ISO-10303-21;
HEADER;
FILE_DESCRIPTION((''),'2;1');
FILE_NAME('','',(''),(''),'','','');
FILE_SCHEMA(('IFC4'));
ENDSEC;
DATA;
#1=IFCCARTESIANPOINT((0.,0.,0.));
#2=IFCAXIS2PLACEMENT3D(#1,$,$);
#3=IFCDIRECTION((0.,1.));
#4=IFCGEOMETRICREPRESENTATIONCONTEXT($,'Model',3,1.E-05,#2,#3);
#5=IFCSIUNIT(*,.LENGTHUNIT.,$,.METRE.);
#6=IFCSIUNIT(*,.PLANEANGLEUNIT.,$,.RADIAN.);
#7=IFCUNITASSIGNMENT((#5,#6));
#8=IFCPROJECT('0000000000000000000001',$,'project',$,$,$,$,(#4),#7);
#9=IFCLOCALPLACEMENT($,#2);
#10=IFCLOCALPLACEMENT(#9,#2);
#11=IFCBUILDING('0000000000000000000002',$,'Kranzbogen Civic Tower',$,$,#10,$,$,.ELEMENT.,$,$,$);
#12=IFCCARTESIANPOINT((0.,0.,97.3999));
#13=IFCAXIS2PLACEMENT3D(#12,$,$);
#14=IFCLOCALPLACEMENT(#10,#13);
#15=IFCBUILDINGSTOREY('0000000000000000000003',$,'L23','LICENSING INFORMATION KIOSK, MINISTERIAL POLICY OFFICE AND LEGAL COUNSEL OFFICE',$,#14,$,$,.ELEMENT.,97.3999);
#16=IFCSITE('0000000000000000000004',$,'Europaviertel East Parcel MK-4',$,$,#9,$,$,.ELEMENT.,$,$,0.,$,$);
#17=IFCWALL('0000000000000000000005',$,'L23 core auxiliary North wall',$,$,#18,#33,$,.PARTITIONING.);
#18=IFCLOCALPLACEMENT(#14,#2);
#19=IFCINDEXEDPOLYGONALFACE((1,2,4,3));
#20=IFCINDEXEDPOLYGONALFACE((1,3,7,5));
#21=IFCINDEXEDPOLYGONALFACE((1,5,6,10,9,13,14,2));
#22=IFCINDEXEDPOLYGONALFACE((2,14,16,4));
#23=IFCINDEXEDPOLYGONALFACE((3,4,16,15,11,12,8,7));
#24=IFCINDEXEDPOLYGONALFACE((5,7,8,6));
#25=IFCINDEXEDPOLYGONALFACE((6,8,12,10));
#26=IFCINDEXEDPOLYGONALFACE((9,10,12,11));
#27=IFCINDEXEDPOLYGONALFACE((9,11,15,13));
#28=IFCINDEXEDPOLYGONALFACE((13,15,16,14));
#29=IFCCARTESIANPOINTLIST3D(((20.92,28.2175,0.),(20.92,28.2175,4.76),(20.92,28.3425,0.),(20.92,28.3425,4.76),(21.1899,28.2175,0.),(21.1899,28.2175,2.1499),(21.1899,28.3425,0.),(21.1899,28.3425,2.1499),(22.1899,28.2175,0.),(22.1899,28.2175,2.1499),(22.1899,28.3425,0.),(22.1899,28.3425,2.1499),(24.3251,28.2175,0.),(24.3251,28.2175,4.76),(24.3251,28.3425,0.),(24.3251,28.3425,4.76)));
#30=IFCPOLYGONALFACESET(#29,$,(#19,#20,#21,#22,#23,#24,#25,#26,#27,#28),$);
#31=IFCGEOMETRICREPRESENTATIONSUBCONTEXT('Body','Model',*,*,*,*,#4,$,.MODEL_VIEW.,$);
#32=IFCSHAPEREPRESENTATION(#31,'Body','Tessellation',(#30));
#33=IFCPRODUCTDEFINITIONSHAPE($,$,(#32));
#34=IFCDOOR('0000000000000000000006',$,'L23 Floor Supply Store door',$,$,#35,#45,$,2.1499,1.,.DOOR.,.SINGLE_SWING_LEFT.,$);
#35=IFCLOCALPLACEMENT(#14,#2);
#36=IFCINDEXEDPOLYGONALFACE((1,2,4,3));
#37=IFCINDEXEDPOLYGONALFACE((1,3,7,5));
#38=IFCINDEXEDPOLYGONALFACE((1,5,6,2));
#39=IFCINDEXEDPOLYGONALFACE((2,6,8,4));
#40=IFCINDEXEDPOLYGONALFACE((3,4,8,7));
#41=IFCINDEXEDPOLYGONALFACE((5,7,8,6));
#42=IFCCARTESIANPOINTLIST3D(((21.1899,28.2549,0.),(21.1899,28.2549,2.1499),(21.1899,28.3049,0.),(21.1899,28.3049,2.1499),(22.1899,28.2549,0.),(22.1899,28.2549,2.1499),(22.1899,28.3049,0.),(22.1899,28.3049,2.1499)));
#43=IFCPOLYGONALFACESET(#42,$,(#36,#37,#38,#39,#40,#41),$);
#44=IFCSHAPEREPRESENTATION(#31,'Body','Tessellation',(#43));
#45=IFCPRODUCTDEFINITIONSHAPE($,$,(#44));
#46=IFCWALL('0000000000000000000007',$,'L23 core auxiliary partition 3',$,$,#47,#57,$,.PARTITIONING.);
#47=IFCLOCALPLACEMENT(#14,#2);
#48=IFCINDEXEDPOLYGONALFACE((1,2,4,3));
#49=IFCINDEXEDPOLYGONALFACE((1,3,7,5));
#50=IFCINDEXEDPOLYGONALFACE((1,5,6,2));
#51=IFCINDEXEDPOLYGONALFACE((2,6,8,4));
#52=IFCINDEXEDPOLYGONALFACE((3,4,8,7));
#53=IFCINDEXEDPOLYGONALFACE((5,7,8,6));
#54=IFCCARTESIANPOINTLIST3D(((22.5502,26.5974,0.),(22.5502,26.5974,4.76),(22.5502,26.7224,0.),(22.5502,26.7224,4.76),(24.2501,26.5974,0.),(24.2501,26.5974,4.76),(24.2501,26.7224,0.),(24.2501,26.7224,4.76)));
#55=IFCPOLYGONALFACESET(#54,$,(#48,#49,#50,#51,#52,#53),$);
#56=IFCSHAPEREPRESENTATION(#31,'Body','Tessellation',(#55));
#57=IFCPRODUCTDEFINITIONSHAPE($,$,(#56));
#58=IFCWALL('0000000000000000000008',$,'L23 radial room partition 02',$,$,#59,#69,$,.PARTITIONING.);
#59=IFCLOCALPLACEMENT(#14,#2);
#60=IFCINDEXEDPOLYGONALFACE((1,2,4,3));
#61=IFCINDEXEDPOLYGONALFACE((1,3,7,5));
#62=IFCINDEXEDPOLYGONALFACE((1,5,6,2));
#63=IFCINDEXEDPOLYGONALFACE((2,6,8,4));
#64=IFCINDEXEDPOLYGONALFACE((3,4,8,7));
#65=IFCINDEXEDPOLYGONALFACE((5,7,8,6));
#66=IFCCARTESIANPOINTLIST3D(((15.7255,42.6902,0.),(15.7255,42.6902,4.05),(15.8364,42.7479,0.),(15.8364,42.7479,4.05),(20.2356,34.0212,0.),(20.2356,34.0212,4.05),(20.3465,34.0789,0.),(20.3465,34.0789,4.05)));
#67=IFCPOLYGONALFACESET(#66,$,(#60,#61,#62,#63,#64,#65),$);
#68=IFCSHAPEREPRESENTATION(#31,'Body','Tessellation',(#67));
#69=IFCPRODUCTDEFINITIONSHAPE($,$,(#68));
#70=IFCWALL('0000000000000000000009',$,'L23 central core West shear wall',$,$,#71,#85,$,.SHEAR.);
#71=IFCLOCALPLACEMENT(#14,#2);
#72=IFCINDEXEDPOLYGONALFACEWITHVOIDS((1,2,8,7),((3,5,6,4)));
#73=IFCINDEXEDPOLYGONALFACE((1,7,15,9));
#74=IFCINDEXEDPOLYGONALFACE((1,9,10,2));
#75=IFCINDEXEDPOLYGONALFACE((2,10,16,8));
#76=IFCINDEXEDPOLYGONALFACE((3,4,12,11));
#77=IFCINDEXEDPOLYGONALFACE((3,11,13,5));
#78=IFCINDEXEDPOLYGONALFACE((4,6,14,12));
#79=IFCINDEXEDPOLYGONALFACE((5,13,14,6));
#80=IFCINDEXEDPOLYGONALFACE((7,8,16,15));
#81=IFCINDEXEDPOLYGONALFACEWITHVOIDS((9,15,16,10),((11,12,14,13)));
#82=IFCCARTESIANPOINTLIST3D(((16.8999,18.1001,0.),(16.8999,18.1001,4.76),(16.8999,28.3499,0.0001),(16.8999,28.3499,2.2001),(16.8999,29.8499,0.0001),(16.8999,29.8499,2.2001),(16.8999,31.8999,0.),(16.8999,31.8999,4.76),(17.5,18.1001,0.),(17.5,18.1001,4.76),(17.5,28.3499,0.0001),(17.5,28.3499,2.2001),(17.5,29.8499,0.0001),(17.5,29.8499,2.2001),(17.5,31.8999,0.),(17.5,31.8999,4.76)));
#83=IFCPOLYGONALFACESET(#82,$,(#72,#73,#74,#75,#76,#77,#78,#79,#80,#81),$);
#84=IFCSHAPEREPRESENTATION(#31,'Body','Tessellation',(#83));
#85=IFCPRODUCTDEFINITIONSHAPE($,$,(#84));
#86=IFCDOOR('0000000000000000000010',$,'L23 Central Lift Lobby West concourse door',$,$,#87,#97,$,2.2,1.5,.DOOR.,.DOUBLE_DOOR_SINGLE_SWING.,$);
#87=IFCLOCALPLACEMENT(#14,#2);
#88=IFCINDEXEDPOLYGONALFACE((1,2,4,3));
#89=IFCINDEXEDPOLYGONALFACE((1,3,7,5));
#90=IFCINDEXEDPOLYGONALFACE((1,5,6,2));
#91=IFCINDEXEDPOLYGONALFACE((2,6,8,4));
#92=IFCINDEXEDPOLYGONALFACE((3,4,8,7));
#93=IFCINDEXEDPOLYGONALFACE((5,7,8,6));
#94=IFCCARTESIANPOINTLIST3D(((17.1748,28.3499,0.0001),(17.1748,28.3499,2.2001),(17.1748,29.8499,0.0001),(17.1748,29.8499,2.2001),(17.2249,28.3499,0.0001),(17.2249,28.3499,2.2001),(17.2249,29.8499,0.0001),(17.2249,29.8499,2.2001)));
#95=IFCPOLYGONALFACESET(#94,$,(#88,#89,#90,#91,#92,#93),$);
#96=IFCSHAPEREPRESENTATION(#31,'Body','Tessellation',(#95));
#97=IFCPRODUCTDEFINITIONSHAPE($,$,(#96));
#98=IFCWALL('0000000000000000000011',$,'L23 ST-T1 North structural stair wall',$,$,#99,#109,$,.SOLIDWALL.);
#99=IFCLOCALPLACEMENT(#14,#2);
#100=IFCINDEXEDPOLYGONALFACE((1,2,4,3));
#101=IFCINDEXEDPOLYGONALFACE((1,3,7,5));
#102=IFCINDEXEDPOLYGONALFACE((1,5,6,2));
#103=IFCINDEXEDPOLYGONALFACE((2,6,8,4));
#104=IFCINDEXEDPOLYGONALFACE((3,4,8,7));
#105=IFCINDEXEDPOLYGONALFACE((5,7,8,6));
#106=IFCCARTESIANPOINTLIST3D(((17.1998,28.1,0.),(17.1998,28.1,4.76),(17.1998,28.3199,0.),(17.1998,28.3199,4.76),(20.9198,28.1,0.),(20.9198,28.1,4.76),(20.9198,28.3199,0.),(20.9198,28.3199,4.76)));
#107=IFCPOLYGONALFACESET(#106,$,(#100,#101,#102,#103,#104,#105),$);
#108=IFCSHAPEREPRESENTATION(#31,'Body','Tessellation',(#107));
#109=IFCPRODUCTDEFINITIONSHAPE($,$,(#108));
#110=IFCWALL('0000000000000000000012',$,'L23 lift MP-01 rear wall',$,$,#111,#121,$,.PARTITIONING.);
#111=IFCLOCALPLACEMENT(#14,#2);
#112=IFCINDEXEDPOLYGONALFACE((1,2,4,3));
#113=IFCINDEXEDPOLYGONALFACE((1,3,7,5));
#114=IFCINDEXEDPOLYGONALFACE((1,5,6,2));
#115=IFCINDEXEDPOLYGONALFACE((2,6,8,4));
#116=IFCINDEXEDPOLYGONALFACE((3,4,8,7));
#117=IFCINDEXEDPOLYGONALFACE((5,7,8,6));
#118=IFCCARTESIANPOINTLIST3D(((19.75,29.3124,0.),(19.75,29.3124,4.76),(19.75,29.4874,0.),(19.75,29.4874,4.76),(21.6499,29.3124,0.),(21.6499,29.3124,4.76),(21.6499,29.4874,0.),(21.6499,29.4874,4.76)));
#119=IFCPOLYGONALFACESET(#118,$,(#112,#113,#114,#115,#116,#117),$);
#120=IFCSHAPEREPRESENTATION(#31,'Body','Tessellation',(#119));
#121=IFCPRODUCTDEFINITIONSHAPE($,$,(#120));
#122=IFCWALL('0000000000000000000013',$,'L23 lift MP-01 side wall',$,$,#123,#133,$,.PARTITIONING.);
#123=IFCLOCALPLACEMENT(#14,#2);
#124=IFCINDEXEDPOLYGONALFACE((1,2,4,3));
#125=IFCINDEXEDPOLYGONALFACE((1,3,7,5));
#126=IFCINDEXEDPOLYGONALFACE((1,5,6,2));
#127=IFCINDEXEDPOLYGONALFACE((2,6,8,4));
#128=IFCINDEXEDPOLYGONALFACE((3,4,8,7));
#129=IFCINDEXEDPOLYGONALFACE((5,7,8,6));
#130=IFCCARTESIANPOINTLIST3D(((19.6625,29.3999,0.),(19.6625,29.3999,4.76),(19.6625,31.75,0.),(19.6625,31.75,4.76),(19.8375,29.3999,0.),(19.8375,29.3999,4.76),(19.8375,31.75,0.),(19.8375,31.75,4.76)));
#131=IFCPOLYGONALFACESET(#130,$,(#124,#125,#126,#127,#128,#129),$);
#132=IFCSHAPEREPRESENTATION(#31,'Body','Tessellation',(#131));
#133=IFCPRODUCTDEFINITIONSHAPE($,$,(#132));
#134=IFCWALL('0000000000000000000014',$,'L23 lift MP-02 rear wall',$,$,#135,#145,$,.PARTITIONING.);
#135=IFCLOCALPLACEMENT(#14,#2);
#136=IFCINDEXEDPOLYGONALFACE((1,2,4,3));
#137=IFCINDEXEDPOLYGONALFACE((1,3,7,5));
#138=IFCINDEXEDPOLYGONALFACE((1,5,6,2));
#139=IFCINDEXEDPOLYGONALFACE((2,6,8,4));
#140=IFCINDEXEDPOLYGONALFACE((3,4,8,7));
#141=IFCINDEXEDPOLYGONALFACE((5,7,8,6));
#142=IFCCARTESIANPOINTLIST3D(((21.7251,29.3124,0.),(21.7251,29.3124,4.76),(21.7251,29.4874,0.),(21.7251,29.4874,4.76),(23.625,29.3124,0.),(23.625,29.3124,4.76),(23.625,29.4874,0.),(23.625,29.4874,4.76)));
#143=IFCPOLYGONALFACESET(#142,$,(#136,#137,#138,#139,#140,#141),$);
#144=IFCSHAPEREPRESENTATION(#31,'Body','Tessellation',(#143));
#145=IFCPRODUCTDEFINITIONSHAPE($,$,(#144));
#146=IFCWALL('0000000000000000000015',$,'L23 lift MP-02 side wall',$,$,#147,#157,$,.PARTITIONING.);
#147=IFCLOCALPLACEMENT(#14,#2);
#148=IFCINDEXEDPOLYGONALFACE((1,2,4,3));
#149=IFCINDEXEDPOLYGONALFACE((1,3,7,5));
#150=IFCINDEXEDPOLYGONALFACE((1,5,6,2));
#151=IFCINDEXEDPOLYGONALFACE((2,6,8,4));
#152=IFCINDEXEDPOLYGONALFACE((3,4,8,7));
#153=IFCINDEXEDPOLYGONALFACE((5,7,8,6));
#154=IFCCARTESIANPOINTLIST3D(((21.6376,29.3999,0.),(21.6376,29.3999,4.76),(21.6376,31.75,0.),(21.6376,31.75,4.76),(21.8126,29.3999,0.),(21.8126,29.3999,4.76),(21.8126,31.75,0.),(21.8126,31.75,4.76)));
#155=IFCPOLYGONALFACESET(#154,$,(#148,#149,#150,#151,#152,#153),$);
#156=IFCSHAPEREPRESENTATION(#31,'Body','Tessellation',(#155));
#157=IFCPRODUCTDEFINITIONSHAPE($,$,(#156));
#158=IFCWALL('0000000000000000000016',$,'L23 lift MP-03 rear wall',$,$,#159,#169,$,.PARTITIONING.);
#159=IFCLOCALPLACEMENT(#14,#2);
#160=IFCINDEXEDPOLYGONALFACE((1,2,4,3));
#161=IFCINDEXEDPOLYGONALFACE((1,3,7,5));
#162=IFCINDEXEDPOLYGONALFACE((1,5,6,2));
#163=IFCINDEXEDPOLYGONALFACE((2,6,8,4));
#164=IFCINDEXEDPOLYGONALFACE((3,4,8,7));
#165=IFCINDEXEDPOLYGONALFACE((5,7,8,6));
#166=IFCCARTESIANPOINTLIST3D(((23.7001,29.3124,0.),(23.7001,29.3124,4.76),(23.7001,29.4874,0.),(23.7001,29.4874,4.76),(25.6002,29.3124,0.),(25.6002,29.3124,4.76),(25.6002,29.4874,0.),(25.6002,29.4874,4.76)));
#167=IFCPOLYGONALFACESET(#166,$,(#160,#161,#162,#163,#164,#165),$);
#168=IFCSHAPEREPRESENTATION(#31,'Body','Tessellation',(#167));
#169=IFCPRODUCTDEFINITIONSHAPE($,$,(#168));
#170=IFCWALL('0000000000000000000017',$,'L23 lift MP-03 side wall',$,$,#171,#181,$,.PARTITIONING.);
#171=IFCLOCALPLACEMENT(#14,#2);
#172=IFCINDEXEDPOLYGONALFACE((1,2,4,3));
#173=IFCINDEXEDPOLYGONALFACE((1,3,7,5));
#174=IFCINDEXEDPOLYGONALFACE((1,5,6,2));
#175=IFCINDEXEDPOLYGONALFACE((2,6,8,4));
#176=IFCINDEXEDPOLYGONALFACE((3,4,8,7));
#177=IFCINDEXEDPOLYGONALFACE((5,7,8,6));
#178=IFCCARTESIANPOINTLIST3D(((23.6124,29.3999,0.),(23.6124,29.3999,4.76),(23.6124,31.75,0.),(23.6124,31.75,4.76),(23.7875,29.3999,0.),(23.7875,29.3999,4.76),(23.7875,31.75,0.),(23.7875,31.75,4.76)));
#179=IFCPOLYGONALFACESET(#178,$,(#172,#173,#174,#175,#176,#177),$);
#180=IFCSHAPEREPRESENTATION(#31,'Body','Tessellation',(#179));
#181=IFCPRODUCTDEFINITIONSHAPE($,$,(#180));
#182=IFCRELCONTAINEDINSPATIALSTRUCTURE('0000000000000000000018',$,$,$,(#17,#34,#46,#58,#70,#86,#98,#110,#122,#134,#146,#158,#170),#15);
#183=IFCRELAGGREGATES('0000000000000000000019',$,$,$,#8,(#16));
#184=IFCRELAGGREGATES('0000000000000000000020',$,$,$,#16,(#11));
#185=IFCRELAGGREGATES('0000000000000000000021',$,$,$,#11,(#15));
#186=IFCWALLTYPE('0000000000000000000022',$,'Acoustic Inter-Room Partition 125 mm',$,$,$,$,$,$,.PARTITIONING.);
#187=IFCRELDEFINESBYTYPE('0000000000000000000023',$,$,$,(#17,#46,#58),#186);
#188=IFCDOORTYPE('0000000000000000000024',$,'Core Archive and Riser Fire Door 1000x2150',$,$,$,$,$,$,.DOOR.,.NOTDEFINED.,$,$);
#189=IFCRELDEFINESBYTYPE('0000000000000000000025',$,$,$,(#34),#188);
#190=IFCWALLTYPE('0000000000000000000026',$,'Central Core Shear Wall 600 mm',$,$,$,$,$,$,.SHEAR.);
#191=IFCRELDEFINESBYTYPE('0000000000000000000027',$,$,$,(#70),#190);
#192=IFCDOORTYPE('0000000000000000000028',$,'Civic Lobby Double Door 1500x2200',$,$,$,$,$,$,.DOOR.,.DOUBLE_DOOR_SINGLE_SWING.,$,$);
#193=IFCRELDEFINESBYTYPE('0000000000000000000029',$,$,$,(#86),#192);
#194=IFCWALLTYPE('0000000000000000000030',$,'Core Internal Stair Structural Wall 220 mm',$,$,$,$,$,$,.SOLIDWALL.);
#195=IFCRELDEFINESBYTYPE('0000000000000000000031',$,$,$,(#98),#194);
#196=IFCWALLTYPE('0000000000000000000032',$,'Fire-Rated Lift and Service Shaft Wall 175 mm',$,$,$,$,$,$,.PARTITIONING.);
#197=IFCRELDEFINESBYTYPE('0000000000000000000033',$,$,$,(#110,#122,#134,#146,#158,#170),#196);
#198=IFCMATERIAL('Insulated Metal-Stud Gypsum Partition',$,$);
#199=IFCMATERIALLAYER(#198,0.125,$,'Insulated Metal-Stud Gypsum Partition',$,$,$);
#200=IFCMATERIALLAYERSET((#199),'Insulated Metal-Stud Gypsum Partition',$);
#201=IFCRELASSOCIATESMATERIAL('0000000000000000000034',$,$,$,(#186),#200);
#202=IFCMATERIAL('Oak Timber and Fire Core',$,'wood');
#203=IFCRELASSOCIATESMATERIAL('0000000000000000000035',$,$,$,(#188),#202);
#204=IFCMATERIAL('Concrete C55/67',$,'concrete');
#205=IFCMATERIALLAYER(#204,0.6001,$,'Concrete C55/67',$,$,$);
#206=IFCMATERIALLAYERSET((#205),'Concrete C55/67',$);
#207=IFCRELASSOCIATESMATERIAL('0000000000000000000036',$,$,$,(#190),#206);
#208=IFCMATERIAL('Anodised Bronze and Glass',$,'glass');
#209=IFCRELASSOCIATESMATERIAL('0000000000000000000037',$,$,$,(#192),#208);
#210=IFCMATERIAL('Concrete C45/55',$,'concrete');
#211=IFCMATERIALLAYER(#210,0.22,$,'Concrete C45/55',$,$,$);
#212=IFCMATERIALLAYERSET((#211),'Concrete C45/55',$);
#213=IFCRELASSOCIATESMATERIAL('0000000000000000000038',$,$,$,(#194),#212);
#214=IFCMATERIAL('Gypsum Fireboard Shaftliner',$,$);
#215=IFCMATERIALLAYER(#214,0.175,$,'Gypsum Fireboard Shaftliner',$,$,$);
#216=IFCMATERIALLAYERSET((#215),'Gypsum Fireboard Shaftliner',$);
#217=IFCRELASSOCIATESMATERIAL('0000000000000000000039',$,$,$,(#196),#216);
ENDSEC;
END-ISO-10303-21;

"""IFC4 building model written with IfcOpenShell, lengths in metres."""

from ifc_helpers import new_model, si_unit, direction, frame, frame_2d, origin, place, context, subcontext, project, spatial, rectangle, extrude, material, layer, layer_set, type_object, element, fill, save


model = new_model("IFC4")

# Units and contexts
model_context = context("Model", 3, precision=1e-05, world=origin(), true_north=direction((0.0, 1.0)))
body_context = subcontext(model_context, "Body", "Model", "MODEL_VIEW")
ifc_project = project(units=[si_unit("LENGTHUNIT", "METRE"), si_unit("PLANEANGLEUNIT", "RADIAN")], contexts=[model_context])

# Site, building, storey
site_placement = place(None, origin())
site = spatial("IfcSite", under=ifc_project, at=site_placement, Name="Europaviertel East Parcel MK-4", CompositionType="ELEMENT", RefElevation=0.0)
building_placement = place(site_placement, origin())
building = spatial("IfcBuilding", under=site, at=building_placement, Name="Kranzbogen Civic Tower", CompositionType="ELEMENT")
storey_placement = place(building_placement, frame((0.0, 0.0, 97.3999)))
storey = spatial("IfcBuildingStorey", under=building, at=storey_placement, Name="L23", Description="LICENSING INFORMATION KIOSK, MINISTERIAL POLICY OFFICE AND LEGAL COUNSEL OFFICE", CompositionType="ELEMENT", Elevation=97.3999)

# Shared definitions
ifc_material_1 = material(Name="Oak Timber and Fire Core", Category="wood")

# Wall, opening, door
ifc_material_2 = material(Name="Insulated Metal-Stud Gypsum Partition")
ifc_layer_1 = layer(ifc_material_2, 0.125, Name="Insulated Metal-Stud Gypsum Partition")
ifc_layer_set_1 = layer_set([ifc_layer_1], Name="Insulated Metal-Stud Gypsum Partition")
wall_type_1 = type_object("IfcWallType", Name="Acoustic Inter-Room Partition 125 mm", PredefinedType="PARTITIONING", material=ifc_layer_set_1)
wall_1_placement = place(storey_placement, frame((20.9199, 28.28, 0.0), z_axis=(0.0, 0.0, 1.0), x_axis=(1.0, 0.0, 0.0)))
wall_1 = element("IfcWall", 1, at=wall_1_placement, inside=storey, type_object=wall_type_1, Name="L23 core auxiliary North wall", PredefinedType="PARTITIONING", context=body_context, shape_type="SweptSolid", body=[
    extrude(rectangle(XDim=3.405, YDim=0.125, at=frame_2d((1.7026, 0.0))), origin(), (0.0, 0.0, 1.0), 4.76),
])
opening_1_placement = place(wall_1_placement, frame((0.27, 0.0, 0.0)))
opening_1 = element("IfcOpeningElement", 2, at=opening_1_placement, cuts=wall_1, PredefinedType="OPENING", context=body_context, shape_type="SweptSolid", body=[
    extrude(rectangle(XDim=1.0, YDim=2.1499, at=frame_2d((0.5, 1.075))), frame((0.0, 0.0725, 0.0), z_axis=(0.0, -1.0, 0.0), x_axis=(1.0, 0.0, 0.0)), (0.0, 0.0, 1.0), 0.145),
])
door_type_1 = type_object("IfcDoorType", Name="Core Archive and Riser Fire Door 1000x2150", OperationType="NOTDEFINED", PredefinedType="DOOR", material=ifc_material_1)
door_1_placement = place(opening_1_placement, origin())
door_1 = element("IfcDoor", 3, at=door_1_placement, inside=storey, type_object=door_type_1, Name="L23 Floor Supply Store door", OperationType="SINGLE_SWING_LEFT", OverallHeight=2.1499, OverallWidth=1.0, PredefinedType="DOOR", context=body_context, shape_type="SweptSolid", body=[
    extrude(rectangle(XDim=1.0, YDim=2.1499, at=frame_2d((0.5, 1.075))), frame((0.0, 0.0249, 0.0), z_axis=(0.0, -1.0, 0.0), x_axis=(1.0, 0.0, 0.0)), (0.0, 0.0, 1.0), 0.05),
])
fill(opening_1, door_1)

# Walls
wall_2_placement = place(storey_placement, frame((22.55, 26.6599, 0.0), z_axis=(0.0, 0.0, 1.0), x_axis=(1.0, 0.0, 0.0)))
element("IfcWall", 4, at=wall_2_placement, inside=storey, type_object=wall_type_1, Name="L23 core auxiliary partition 3", PredefinedType="PARTITIONING", context=body_context, shape_type="SweptSolid", body=[
    extrude(rectangle(XDim=1.7, YDim=0.125, at=frame_2d((0.8501, 0.0))), origin(), (0.0, 0.0, 1.0), 4.76),
])
wall_3_placement = place(storey_placement, frame((20.291, 34.05, 0.0), z_axis=(0.0, 0.0, 1.0), x_axis=(-0.461527, 0.887126, 0.0)))
element("IfcWall", 5, at=wall_3_placement, inside=storey, type_object=wall_type_1, Name="L23 radial room partition 02", PredefinedType="PARTITIONING", context=body_context, shape_type="SweptSolid", body=[
    extrude(rectangle(XDim=9.772, YDim=0.125, at=frame_2d((4.886, 0.0))), origin(), (0.0, 0.0, 1.0), 4.05),
])

# Wall, opening, door
ifc_material_3 = material(Name="Concrete C55/67", Category="concrete")
ifc_layer_2 = layer(ifc_material_3, 0.6001, Name="Concrete C55/67")
ifc_layer_set_2 = layer_set([ifc_layer_2], Name="Concrete C55/67")
wall_type_2 = type_object("IfcWallType", Name="Central Core Shear Wall 600 mm", PredefinedType="SHEAR", material=ifc_layer_set_2)
wall_4_placement = place(storey_placement, frame((17.2, 31.8999, 0.0), z_axis=(0.0, 0.0, 1.0), x_axis=(0.0, -1.0, 0.0)))
wall_4 = element("IfcWall", 6, at=wall_4_placement, inside=storey, type_object=wall_type_2, Name="L23 central core West shear wall", PredefinedType="SHEAR", context=body_context, shape_type="SweptSolid", body=[
    extrude(rectangle(XDim=13.7998, YDim=0.6001, at=frame_2d((6.8999, 0.0))), origin(), (0.0, 0.0, 1.0), 4.76),
])
opening_2_placement = place(wall_4_placement, frame((2.05, 0.0, 0.0)))
opening_2 = element("IfcOpeningElement", 7, at=opening_2_placement, cuts=wall_4, PredefinedType="OPENING", context=body_context, shape_type="SweptSolid", body=[
    extrude(rectangle(XDim=1.5, YDim=2.2, at=frame_2d((0.75, 1.1001))), frame((0.0, 0.3101, 0.0), z_axis=(0.0, -1.0, 0.0), x_axis=(1.0, 0.0, 0.0)), (0.0, 0.0, 1.0), 0.6201),
])
ifc_material_4 = material(Name="Anodised Bronze and Glass", Category="glass")
door_type_2 = type_object("IfcDoorType", Name="Civic Lobby Double Door 1500x2200", OperationType="DOUBLE_DOOR_SINGLE_SWING", PredefinedType="DOOR", material=ifc_material_4)
door_2_placement = place(opening_2_placement, origin())
door_2 = element("IfcDoor", 8, at=door_2_placement, inside=storey, type_object=door_type_2, Name="L23 Central Lift Lobby West concourse door", OperationType="DOUBLE_DOOR_SINGLE_SWING", OverallHeight=2.2, OverallWidth=1.5, PredefinedType="DOOR", context=body_context, shape_type="SweptSolid", body=[
    extrude(rectangle(XDim=1.5, YDim=2.2, at=frame_2d((0.75, 1.1001))), frame((0.0, 0.0249, 0.0), z_axis=(0.0, -1.0, 0.0), x_axis=(1.0, 0.0, 0.0)), (0.0, 0.0, 1.0), 0.05),
])
fill(opening_2, door_2)

# Walls
ifc_material_5 = material(Name="Concrete C45/55", Category="concrete")
ifc_layer_3 = layer(ifc_material_5, 0.22, Name="Concrete C45/55")
ifc_layer_set_3 = layer_set([ifc_layer_3], Name="Concrete C45/55")
wall_type_3 = type_object("IfcWallType", Name="Core Internal Stair Structural Wall 220 mm", PredefinedType="SOLIDWALL", material=ifc_layer_set_3)
wall_5_placement = place(storey_placement, frame((17.2, 28.21, 0.0), z_axis=(0.0, 0.0, 1.0), x_axis=(1.0, 0.0, 0.0)))
element("IfcWall", 9, at=wall_5_placement, inside=storey, type_object=wall_type_3, Name="L23 ST-T1 North structural stair wall", PredefinedType="SOLIDWALL", context=body_context, shape_type="SweptSolid", body=[
    extrude(rectangle(XDim=3.72, YDim=0.22, at=frame_2d((1.8599, 0.0))), origin(), (0.0, 0.0, 1.0), 4.76),
])
ifc_material_6 = material(Name="Gypsum Fireboard Shaftliner")
ifc_layer_4 = layer(ifc_material_6, 0.175, Name="Gypsum Fireboard Shaftliner")
ifc_layer_set_4 = layer_set([ifc_layer_4], Name="Gypsum Fireboard Shaftliner")
wall_type_4 = type_object("IfcWallType", Name="Fire-Rated Lift and Service Shaft Wall 175 mm", PredefinedType="PARTITIONING", material=ifc_layer_set_4)
wall_6_placement = place(storey_placement, frame((19.75, 29.3999, 0.0), z_axis=(0.0, 0.0, 1.0), x_axis=(1.0, 0.0, 0.0)))
element("IfcWall", 10, at=wall_6_placement, inside=storey, type_object=wall_type_4, Name="L23 lift MP-01 rear wall", PredefinedType="PARTITIONING", context=body_context, shape_type="SweptSolid", body=[
    extrude(rectangle(XDim=1.8999, YDim=0.175, at=frame_2d((0.95, 0.0))), origin(), (0.0, 0.0, 1.0), 4.76),
])
wall_7_placement = place(storey_placement, frame((19.75, 29.3999, 0.0), z_axis=(0.0, 0.0, 1.0), x_axis=(0.0, 1.0, 0.0)))
element("IfcWall", 11, at=wall_7_placement, inside=storey, type_object=wall_type_4, Name="L23 lift MP-01 side wall", PredefinedType="PARTITIONING", context=body_context, shape_type="SweptSolid", body=[
    extrude(rectangle(XDim=2.3501, YDim=0.175, at=frame_2d((1.175, 0.0))), origin(), (0.0, 0.0, 1.0), 4.76),
])
wall_8_placement = place(storey_placement, frame((21.7251, 29.3999, 0.0), z_axis=(0.0, 0.0, 1.0), x_axis=(1.0, 0.0, 0.0)))
element("IfcWall", 12, at=wall_8_placement, inside=storey, type_object=wall_type_4, Name="L23 lift MP-02 rear wall", PredefinedType="PARTITIONING", context=body_context, shape_type="SweptSolid", body=[
    extrude(rectangle(XDim=1.8999, YDim=0.175, at=frame_2d((0.95, 0.0))), origin(), (0.0, 0.0, 1.0), 4.76),
])
wall_9_placement = place(storey_placement, frame((21.7251, 29.3999, 0.0), z_axis=(0.0, 0.0, 1.0), x_axis=(0.0, 1.0, 0.0)))
element("IfcWall", 13, at=wall_9_placement, inside=storey, type_object=wall_type_4, Name="L23 lift MP-02 side wall", PredefinedType="PARTITIONING", context=body_context, shape_type="SweptSolid", body=[
    extrude(rectangle(XDim=2.3501, YDim=0.175, at=frame_2d((1.175, 0.0))), origin(), (0.0, 0.0, 1.0), 4.76),
])
wall_10_placement = place(storey_placement, frame((23.7, 29.3999, 0.0), z_axis=(0.0, 0.0, 1.0), x_axis=(1.0, 0.0, 0.0)))
element("IfcWall", 14, at=wall_10_placement, inside=storey, type_object=wall_type_4, Name="L23 lift MP-03 rear wall", PredefinedType="PARTITIONING", context=body_context, shape_type="SweptSolid", body=[
    extrude(rectangle(XDim=1.9001, YDim=0.175, at=frame_2d((0.9502, 0.0))), origin(), (0.0, 0.0, 1.0), 4.76),
])
wall_11_placement = place(storey_placement, frame((23.7, 29.3999, 0.0), z_axis=(0.0, 0.0, 1.0), x_axis=(0.0, 1.0, 0.0)))
element("IfcWall", 15, at=wall_11_placement, inside=storey, type_object=wall_type_4, Name="L23 lift MP-03 side wall", PredefinedType="PARTITIONING", context=body_context, shape_type="SweptSolid", body=[
    extrude(rectangle(XDim=2.3501, YDim=0.175, at=frame_2d((1.175, 0.0))), origin(), (0.0, 0.0, 1.0), 4.76),
])

save(model, "model.ifc")
